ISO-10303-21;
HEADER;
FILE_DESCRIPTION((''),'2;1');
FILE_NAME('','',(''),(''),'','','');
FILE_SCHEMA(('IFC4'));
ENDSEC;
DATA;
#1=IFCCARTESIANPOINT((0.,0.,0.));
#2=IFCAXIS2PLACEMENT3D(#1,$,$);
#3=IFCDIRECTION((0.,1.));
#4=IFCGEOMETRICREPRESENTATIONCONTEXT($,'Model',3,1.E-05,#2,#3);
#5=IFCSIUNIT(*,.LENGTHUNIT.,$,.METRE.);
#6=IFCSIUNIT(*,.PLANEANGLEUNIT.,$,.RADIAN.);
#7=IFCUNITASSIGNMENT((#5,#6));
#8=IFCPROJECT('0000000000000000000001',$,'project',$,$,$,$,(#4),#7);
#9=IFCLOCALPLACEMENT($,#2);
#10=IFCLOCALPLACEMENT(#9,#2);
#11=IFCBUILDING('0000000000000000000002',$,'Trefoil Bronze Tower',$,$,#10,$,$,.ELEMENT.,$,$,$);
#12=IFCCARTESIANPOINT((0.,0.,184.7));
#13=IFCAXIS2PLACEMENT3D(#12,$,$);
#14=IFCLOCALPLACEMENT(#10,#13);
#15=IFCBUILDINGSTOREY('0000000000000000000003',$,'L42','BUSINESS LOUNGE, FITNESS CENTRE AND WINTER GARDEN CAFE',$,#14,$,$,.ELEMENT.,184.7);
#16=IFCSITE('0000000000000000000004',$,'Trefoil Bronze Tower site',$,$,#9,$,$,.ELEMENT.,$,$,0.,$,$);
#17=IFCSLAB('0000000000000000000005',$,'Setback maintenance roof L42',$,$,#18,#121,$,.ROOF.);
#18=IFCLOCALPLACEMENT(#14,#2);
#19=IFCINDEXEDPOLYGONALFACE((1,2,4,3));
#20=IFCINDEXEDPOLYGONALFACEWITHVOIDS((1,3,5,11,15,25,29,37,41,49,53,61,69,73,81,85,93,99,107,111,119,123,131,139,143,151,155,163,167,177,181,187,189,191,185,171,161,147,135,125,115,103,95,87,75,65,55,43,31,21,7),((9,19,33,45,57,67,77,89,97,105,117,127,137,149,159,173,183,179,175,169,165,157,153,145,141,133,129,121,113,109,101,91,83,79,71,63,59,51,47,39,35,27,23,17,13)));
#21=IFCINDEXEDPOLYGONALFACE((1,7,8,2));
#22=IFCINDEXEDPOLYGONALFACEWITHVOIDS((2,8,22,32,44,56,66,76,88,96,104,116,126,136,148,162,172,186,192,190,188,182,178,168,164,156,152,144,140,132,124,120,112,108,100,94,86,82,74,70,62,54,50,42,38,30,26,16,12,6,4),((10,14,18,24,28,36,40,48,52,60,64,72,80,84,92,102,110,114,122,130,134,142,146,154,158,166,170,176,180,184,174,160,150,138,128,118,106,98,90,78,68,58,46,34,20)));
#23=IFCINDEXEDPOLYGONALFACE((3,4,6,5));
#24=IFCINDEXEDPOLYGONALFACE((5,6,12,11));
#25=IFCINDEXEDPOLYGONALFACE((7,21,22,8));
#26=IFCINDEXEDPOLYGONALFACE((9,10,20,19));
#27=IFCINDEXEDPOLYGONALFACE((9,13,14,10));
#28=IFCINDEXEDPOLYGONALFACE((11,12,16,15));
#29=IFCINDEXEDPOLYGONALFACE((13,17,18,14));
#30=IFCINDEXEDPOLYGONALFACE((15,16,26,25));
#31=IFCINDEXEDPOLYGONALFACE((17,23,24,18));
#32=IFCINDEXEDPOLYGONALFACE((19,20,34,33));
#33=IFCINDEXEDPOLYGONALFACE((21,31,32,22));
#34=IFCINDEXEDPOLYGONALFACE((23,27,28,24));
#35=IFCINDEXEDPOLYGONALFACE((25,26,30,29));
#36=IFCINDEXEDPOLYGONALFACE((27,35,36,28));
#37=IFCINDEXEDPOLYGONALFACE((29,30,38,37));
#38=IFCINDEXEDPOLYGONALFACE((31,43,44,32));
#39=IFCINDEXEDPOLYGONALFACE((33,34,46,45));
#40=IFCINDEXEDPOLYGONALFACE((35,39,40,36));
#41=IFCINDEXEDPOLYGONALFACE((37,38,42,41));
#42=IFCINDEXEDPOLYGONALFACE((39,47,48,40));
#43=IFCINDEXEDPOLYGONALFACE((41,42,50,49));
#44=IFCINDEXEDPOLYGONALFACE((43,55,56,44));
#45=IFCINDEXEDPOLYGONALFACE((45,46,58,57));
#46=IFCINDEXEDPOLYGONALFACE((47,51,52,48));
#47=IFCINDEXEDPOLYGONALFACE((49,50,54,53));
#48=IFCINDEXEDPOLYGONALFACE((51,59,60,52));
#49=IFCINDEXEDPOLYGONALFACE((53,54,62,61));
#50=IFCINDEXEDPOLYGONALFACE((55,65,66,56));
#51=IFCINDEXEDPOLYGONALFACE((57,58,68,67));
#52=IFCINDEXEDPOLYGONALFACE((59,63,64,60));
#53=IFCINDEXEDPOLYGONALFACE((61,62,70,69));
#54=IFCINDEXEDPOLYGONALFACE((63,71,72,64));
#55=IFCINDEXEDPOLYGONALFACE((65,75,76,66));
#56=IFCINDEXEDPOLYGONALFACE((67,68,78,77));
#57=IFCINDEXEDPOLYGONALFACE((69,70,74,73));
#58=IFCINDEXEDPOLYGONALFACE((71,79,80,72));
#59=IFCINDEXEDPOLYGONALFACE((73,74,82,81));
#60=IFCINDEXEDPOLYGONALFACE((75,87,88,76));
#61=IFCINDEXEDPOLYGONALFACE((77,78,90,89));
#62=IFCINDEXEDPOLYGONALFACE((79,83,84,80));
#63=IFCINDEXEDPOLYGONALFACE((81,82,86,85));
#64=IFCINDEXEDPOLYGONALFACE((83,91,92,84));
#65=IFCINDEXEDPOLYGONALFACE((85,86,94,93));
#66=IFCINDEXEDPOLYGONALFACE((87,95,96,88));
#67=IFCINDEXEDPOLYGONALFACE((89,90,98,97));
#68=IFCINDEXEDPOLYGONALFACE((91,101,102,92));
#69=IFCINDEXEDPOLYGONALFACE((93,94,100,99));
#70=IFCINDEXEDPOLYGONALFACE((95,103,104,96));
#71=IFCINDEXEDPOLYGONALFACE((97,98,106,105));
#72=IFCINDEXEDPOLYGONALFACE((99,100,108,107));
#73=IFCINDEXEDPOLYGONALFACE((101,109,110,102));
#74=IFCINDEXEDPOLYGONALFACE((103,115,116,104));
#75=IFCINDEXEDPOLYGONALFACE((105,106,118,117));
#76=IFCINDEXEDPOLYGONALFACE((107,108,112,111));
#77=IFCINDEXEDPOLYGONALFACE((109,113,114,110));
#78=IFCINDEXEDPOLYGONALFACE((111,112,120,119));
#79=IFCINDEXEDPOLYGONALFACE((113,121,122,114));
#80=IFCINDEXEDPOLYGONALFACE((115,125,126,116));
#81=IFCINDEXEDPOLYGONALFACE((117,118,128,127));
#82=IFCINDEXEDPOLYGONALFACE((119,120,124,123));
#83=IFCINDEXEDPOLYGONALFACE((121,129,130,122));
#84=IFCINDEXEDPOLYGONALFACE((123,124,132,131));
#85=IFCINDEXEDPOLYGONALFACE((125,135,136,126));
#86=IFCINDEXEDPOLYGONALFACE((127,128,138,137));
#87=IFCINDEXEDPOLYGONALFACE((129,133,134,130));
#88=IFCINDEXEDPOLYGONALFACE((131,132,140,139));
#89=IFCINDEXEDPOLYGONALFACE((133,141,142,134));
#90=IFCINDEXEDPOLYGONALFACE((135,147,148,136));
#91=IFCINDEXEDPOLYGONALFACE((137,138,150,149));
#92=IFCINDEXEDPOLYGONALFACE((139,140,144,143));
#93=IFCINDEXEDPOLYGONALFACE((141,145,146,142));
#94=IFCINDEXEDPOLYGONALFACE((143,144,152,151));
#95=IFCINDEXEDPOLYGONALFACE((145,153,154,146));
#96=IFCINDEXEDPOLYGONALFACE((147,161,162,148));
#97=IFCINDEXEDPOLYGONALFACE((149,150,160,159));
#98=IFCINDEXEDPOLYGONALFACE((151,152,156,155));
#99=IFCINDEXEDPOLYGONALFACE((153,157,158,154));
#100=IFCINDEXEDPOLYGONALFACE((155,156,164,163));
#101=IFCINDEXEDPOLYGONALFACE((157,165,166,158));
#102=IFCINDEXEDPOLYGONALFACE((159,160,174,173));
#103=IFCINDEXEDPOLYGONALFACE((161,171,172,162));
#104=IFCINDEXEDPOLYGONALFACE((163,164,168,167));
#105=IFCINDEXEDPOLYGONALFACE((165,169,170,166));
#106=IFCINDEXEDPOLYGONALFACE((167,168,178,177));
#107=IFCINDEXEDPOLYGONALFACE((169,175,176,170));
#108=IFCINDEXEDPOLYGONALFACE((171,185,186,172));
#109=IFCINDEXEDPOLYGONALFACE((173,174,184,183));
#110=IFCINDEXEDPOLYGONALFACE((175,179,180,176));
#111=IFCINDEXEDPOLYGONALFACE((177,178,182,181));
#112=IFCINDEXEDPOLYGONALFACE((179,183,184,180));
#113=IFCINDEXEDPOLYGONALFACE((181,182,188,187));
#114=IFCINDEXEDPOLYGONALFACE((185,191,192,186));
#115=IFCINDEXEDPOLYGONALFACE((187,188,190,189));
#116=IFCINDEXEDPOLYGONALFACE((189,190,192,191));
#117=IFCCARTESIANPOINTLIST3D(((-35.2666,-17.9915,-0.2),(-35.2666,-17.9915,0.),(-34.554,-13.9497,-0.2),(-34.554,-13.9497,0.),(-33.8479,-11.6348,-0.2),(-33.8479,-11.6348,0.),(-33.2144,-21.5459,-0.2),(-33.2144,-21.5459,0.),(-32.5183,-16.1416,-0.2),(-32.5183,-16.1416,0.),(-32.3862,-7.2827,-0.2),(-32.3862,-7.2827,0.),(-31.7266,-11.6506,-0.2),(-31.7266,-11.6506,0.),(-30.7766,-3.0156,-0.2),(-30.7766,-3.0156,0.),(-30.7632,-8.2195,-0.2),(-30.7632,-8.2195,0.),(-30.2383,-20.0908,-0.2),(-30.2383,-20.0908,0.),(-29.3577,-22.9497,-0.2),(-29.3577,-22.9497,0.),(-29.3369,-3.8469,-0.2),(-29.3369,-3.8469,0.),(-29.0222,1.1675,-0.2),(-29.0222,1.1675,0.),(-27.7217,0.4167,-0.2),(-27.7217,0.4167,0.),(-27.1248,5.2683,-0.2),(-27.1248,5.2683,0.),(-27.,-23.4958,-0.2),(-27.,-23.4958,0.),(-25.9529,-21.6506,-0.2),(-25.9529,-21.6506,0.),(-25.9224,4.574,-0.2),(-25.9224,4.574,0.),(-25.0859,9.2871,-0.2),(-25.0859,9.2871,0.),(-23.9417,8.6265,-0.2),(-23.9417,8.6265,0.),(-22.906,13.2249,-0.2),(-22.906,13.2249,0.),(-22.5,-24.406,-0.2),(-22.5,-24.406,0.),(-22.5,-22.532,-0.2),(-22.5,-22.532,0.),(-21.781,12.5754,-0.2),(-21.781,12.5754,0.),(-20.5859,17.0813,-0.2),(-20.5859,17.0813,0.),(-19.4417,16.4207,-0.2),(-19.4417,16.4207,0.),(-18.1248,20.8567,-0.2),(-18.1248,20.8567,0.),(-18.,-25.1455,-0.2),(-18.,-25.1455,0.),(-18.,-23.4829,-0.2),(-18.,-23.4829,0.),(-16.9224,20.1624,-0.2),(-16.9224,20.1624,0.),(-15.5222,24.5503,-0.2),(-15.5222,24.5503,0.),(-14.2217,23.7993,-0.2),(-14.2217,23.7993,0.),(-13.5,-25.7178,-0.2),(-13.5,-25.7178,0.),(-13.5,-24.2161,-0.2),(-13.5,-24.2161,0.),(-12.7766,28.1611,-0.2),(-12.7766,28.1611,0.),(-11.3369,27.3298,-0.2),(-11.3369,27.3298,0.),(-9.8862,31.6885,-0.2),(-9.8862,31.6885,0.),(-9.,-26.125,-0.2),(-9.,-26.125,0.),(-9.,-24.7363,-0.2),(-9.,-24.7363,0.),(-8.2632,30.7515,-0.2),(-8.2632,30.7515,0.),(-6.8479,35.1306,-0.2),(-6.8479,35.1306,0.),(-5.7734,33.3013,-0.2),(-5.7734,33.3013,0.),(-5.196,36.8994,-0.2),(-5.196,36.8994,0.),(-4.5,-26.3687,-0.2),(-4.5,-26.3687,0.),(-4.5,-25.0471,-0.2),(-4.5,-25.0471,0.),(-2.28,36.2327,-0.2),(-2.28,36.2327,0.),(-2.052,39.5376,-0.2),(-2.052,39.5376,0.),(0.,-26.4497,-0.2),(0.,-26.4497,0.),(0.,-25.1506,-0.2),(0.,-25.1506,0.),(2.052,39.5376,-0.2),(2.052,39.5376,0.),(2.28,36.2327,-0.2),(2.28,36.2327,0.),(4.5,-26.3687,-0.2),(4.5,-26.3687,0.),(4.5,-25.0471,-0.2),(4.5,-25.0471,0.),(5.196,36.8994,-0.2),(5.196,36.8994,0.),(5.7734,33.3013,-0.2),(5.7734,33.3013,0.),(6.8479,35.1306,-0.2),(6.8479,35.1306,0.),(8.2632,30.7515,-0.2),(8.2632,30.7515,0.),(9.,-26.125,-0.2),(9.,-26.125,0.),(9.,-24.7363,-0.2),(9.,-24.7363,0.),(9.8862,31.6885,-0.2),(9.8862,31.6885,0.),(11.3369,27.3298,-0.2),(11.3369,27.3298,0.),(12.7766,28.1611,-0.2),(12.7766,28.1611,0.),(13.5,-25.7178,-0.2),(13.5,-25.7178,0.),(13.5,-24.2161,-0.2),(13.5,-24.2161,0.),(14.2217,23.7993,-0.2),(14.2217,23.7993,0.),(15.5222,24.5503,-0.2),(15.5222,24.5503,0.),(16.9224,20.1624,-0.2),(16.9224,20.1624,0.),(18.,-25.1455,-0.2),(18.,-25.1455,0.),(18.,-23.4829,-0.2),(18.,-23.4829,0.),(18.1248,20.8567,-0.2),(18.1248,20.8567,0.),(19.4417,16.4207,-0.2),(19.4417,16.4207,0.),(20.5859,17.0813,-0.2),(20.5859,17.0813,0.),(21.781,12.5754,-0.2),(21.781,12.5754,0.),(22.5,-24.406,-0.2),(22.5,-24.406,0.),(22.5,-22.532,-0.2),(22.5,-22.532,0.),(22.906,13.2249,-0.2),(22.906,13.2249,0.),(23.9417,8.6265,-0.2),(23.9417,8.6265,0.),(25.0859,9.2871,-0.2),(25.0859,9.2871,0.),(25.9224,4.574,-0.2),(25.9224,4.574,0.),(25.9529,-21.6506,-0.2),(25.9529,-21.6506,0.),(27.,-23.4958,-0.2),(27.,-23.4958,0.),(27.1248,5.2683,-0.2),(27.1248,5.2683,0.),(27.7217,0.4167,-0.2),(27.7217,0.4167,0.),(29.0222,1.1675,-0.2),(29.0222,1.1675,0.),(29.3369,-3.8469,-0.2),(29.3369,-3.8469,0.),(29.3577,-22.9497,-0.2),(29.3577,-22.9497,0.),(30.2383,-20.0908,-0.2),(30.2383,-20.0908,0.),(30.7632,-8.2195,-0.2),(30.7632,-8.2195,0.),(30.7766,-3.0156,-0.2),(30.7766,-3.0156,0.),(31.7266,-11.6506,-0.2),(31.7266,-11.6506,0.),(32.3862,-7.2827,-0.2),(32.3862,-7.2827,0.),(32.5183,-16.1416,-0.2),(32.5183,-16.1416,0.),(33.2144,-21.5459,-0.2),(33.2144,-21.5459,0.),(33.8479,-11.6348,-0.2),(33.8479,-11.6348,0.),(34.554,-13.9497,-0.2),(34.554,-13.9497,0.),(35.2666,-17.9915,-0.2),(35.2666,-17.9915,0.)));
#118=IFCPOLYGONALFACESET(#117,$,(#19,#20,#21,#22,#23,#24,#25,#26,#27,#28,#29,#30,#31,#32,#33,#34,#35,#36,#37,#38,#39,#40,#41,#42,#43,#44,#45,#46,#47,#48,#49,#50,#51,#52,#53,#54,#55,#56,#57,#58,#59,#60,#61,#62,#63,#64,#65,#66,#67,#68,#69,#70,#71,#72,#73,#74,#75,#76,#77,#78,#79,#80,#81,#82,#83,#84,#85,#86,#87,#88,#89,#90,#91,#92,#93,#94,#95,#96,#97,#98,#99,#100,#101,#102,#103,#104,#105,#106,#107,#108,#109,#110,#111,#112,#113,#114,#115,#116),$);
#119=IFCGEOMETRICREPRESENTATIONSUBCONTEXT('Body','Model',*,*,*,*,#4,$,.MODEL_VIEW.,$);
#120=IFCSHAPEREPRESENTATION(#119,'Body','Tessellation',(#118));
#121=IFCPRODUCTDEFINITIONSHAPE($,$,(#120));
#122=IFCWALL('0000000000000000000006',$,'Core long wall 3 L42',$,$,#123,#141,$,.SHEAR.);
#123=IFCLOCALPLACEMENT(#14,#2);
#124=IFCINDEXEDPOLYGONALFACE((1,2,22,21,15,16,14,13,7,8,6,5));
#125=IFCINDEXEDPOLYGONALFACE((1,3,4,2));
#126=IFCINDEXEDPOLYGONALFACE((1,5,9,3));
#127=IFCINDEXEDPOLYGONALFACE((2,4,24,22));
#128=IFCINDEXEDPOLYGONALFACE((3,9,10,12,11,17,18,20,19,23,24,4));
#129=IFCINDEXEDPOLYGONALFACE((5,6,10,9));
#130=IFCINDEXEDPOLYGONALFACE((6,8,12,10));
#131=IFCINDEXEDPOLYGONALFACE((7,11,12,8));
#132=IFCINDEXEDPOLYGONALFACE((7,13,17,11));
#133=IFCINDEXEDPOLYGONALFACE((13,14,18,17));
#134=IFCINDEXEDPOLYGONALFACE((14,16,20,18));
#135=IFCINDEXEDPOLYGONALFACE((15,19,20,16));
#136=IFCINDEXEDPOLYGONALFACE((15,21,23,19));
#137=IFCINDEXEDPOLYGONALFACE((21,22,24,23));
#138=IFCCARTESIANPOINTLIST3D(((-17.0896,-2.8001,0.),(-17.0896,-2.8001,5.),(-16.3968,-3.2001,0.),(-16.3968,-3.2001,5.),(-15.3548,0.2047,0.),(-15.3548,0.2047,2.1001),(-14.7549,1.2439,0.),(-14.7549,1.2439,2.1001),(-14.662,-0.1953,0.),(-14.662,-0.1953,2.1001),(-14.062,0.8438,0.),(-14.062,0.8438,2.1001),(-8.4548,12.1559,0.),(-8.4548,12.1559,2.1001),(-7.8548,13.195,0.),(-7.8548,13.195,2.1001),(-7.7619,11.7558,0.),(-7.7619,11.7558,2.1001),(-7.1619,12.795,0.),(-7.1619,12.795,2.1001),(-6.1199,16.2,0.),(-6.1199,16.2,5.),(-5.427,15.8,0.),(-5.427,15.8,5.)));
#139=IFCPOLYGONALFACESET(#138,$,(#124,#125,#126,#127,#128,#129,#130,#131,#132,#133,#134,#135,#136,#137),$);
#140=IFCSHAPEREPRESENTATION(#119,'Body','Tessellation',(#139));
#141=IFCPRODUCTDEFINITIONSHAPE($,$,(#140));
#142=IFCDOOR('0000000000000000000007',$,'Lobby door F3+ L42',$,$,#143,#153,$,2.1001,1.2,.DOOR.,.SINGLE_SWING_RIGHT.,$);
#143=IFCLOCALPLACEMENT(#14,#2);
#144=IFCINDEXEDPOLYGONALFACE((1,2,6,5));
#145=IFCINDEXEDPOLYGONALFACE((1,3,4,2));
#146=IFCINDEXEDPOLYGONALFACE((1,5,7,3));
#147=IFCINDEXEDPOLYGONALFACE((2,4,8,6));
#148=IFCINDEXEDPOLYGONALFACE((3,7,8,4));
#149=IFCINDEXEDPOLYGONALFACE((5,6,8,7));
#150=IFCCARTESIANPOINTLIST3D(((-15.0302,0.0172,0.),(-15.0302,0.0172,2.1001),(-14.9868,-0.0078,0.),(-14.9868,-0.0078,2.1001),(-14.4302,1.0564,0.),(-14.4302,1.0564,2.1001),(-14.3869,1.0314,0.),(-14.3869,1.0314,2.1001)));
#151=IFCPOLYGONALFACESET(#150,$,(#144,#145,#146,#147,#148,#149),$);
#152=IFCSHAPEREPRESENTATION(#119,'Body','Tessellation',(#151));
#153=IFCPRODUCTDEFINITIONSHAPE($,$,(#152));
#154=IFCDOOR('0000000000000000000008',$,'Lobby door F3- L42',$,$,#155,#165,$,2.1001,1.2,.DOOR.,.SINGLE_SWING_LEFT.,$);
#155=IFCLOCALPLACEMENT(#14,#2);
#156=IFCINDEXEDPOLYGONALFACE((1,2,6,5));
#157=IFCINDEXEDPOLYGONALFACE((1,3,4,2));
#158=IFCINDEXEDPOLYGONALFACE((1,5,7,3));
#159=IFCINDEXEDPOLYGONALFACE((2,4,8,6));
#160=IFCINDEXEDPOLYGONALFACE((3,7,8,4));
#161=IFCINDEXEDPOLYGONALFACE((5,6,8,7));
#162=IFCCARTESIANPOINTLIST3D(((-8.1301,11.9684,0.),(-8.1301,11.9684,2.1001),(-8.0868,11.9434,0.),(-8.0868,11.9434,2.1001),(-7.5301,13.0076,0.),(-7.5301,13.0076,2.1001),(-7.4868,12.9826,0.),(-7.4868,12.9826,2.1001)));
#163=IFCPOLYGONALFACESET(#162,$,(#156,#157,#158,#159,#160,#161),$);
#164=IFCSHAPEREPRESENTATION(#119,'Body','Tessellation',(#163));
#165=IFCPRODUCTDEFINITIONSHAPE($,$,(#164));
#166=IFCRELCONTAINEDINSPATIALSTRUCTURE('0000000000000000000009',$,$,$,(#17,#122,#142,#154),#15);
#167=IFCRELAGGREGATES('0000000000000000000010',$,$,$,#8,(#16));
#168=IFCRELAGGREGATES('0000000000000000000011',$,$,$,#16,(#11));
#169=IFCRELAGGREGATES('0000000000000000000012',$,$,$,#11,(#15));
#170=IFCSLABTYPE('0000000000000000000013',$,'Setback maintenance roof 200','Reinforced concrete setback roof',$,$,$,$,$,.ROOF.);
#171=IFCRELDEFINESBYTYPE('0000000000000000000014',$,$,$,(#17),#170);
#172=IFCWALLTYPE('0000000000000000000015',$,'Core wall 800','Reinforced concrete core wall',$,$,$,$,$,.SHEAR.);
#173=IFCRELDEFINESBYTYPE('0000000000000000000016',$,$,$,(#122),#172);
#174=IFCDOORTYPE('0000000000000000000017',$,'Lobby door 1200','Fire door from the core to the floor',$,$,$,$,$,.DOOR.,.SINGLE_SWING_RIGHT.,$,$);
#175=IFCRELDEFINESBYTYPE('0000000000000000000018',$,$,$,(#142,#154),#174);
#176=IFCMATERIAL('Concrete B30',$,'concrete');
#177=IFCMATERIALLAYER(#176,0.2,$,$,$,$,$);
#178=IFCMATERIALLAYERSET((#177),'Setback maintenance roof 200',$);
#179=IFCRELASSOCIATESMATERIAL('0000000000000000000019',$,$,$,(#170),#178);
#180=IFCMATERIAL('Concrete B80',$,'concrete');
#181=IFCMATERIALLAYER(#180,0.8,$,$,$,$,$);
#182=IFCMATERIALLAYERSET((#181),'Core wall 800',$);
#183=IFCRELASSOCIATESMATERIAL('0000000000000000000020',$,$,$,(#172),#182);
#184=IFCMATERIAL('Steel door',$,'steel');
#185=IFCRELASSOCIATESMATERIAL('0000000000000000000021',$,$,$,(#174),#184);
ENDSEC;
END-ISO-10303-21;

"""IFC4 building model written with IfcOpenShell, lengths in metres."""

from ifc_helpers import new_model, si_unit, direction, frame, frame_2d, origin, place, context, subcontext, project, spatial, polyline, rectangle, outline, extrude, material, layer, layer_set, type_object, element, fill, save


model = new_model("IFC4")

# Units and contexts
model_context = context("Model", 3, precision=1e-05, world=origin(), true_north=direction((0.0, 1.0)))
body_context = subcontext(model_context, "Body", "Model", "MODEL_VIEW")
ifc_project = project(units=[si_unit("LENGTHUNIT", "METRE"), si_unit("PLANEANGLEUNIT", "RADIAN")], contexts=[model_context])

# Site, building, storey
site_placement = place(None, origin())
site = spatial("IfcSite", under=ifc_project, at=site_placement, Name="Trefoil Bronze Tower site", CompositionType="ELEMENT", RefElevation=0.0)
building_placement = place(site_placement, origin())
building = spatial("IfcBuilding", under=site, at=building_placement, Name="Trefoil Bronze Tower", CompositionType="ELEMENT")
storey_placement = place(building_placement, frame((0.0, 0.0, 184.7)))
storey = spatial("IfcBuildingStorey", under=building, at=storey_placement, Name="L42", Description="BUSINESS LOUNGE, FITNESS CENTRE AND WINTER GARDEN CAFE", CompositionType="ELEMENT", Elevation=184.7)

# Slab
ifc_material_1 = material(Name="Concrete B30", Category="concrete")
ifc_layer_1 = layer(ifc_material_1, 0.2)
ifc_layer_set_1 = layer_set([ifc_layer_1], Name="Setback maintenance roof 200")
slab_type_1 = type_object("IfcSlabType", Name="Setback maintenance roof 200", Description="Reinforced concrete setback roof", PredefinedType="ROOF", material=ifc_layer_set_1)
slab_1_placement = place(storey_placement, frame((0.0, 0.0, -0.2)))
element("IfcSlab", 1, at=slab_1_placement, inside=storey, type_object=slab_type_1, Name="Setback maintenance roof L42", PredefinedType="ROOF", context=body_context, shape_type="SweptSolid", body=[
    extrude(outline(polyline([(-29.3577, -22.9497), (-27.0, -23.4958), (-22.5, -24.406), (-18.0, -25.1455), (-13.5, -25.7178), (-9.0, -26.125), (-4.5, -26.3687), (0.0, -26.4497), (4.5, -26.3687), (9.0, -26.125), (13.5, -25.7178), (18.0, -25.1455), (22.5, -24.406), (27.0, -23.4958), (29.3577, -22.9497), (33.2144, -21.5459), (35.2666, -17.9915), (34.554, -13.9497), (33.8479, -11.6348), (32.3862, -7.2827), (30.7766, -3.0156), (29.0222, 1.1675), (27.1248, 5.2683), (25.0859, 9.2871), (22.906, 13.2249), (20.5859, 17.0813), (18.1248, 20.8567), (15.5222, 24.5503), (12.7766, 28.1611), (9.8862, 31.6885), (6.8479, 35.1306), (5.196, 36.8994), (2.052, 39.5376), (-2.052, 39.5376), (-5.196, 36.8994), (-6.8479, 35.1306), (-9.8862, 31.6885), (-12.7766, 28.1611), (-15.5222, 24.5503), (-18.1248, 20.8567), (-20.5859, 17.0813), (-22.906, 13.2249), (-25.0859, 9.2871), (-27.1248, 5.2683), (-29.0222, 1.1675), (-30.7766, -3.0156), (-32.3862, -7.2827), (-33.8479, -11.6348), (-34.554, -13.9497), (-35.2666, -17.9915), (-33.2144, -21.5459), (-29.3577, -22.9497)]), holes=[polyline([(-25.9529, -21.6506), (-22.5, -22.532), (-18.0, -23.4829), (-13.5, -24.2161), (-9.0, -24.7363), (-4.5, -25.0471), (0.0, -25.1506), (4.5, -25.0471), (9.0, -24.7363), (13.5, -24.2161), (18.0, -23.4829), (22.5, -22.532), (25.9529, -21.6506), (30.2383, -20.0908), (32.5183, -16.1416), (31.7266, -11.6506), (30.7632, -8.2195), (29.3369, -3.8469), (27.7217, 0.4167), (25.9224, 4.574), (23.9417, 8.6265), (21.781, 12.5754), (19.4417, 16.4207), (16.9224, 20.1624), (14.2217, 23.7993), (11.3369, 27.3298), (8.2632, 30.7515), (5.7734, 33.3013), (2.28, 36.2327), (-2.28, 36.2327), (-5.7734, 33.3013), (-8.2632, 30.7515), (-11.3369, 27.3298), (-14.2217, 23.7993), (-16.9224, 20.1624), (-19.4417, 16.4207), (-21.781, 12.5754), (-23.9417, 8.6265), (-25.9224, 4.574), (-27.7217, 0.4167), (-29.3369, -3.8469), (-30.7632, -8.2195), (-31.7266, -11.6506), (-32.5183, -16.1416), (-30.2383, -20.0908), (-25.9529, -21.6506)])]), origin(), (0.0, 0.0, 1.0), 0.2),
])

# Wall, openings, doors
ifc_material_2 = material(Name="Concrete B80", Category="concrete")
ifc_layer_2 = layer(ifc_material_2, 0.8)
ifc_layer_set_2 = layer_set([ifc_layer_2], Name="Core wall 800")
wall_type_1 = type_object("IfcWallType", Name="Core wall 800", Description="Reinforced concrete core wall", PredefinedType="SHEAR", material=ifc_layer_set_2)
wall_1_placement = place(storey_placement, frame((-5.7734, 16.0, 0.0), z_axis=(0.0, 0.0, 1.0), x_axis=(-0.500002, -0.866024, 0.0)))
wall_1 = element("IfcWall", 2, at=wall_1_placement, inside=storey, type_object=wall_type_1, Name="Core long wall 3 L42", PredefinedType="SHEAR", context=body_context, shape_type="SweptSolid", body=[
    extrude(rectangle(XDim=21.9395, YDim=0.8, at=frame_2d((10.9697, 0.0))), origin(), (0.0, 0.0, 1.0), 5.0),
])
opening_1_placement = place(wall_1_placement, frame((17.2698, 0.0, 0.0)))
opening_1 = element("IfcOpeningElement", 3, at=opening_1_placement, cuts=wall_1, PredefinedType="OPENING", context=body_context, shape_type="SweptSolid", body=[
    extrude(rectangle(XDim=1.2, YDim=2.1001, at=frame_2d((0.6001, 1.05))), frame((0.0, 0.4099, 0.0), z_axis=(0.0, -1.0, 0.0), x_axis=(1.0, 0.0, 0.0)), (0.0, 0.0, 1.0), 0.8201),
])
opening_2_placement = place(wall_1_placement, frame((3.4697, 0.0, 0.0)))
opening_2 = element("IfcOpeningElement", 4, at=opening_2_placement, cuts=wall_1, PredefinedType="OPENING", context=body_context, shape_type="SweptSolid", body=[
    extrude(rectangle(XDim=1.2, YDim=2.1001, at=frame_2d((0.6001, 1.05))), frame((0.0, 0.4099, 0.0), z_axis=(0.0, -1.0, 0.0), x_axis=(1.0, 0.0, 0.0)), (0.0, 0.0, 1.0), 0.8201),
])
ifc_material_3 = material(Name="Steel door", Category="steel")
door_type_1 = type_object("IfcDoorType", Name="Lobby door 1200", Description="Fire door from the core to the floor", OperationType="SINGLE_SWING_RIGHT", PredefinedType="DOOR", material=ifc_material_3)
door_1_placement = place(opening_1_placement, origin())
door_1 = element("IfcDoor", 5, at=door_1_placement, inside=storey, type_object=door_type_1, Name="Lobby door F3+ L42", OperationType="SINGLE_SWING_RIGHT", OverallHeight=2.1001, OverallWidth=1.2, PredefinedType="DOOR", context=body_context, shape_type="SweptSolid", body=[
    extrude(rectangle(XDim=1.2, YDim=2.1001, at=frame_2d((0.6001, 1.05))), frame((0.0, 0.0249, 0.0), z_axis=(0.0, -1.0, 0.0), x_axis=(1.0, 0.0, 0.0)), (0.0, 0.0, 1.0), 0.05),
])
fill(opening_1, door_1)
door_2_placement = place(opening_2_placement, origin())
door_2 = element("IfcDoor", 6, at=door_2_placement, inside=storey, type_object=door_type_1, Name="Lobby door F3- L42", OperationType="SINGLE_SWING_LEFT", OverallHeight=2.1001, OverallWidth=1.2, PredefinedType="DOOR", context=body_context, shape_type="SweptSolid", body=[
    extrude(rectangle(XDim=1.2, YDim=2.1001, at=frame_2d((0.6001, 1.05))), frame((0.0, 0.0249, 0.0), z_axis=(0.0, -1.0, 0.0), x_axis=(1.0, 0.0, 0.0)), (0.0, 0.0, 1.0), 0.05),
])
fill(opening_2, door_2)

save(model, "model.ifc")
